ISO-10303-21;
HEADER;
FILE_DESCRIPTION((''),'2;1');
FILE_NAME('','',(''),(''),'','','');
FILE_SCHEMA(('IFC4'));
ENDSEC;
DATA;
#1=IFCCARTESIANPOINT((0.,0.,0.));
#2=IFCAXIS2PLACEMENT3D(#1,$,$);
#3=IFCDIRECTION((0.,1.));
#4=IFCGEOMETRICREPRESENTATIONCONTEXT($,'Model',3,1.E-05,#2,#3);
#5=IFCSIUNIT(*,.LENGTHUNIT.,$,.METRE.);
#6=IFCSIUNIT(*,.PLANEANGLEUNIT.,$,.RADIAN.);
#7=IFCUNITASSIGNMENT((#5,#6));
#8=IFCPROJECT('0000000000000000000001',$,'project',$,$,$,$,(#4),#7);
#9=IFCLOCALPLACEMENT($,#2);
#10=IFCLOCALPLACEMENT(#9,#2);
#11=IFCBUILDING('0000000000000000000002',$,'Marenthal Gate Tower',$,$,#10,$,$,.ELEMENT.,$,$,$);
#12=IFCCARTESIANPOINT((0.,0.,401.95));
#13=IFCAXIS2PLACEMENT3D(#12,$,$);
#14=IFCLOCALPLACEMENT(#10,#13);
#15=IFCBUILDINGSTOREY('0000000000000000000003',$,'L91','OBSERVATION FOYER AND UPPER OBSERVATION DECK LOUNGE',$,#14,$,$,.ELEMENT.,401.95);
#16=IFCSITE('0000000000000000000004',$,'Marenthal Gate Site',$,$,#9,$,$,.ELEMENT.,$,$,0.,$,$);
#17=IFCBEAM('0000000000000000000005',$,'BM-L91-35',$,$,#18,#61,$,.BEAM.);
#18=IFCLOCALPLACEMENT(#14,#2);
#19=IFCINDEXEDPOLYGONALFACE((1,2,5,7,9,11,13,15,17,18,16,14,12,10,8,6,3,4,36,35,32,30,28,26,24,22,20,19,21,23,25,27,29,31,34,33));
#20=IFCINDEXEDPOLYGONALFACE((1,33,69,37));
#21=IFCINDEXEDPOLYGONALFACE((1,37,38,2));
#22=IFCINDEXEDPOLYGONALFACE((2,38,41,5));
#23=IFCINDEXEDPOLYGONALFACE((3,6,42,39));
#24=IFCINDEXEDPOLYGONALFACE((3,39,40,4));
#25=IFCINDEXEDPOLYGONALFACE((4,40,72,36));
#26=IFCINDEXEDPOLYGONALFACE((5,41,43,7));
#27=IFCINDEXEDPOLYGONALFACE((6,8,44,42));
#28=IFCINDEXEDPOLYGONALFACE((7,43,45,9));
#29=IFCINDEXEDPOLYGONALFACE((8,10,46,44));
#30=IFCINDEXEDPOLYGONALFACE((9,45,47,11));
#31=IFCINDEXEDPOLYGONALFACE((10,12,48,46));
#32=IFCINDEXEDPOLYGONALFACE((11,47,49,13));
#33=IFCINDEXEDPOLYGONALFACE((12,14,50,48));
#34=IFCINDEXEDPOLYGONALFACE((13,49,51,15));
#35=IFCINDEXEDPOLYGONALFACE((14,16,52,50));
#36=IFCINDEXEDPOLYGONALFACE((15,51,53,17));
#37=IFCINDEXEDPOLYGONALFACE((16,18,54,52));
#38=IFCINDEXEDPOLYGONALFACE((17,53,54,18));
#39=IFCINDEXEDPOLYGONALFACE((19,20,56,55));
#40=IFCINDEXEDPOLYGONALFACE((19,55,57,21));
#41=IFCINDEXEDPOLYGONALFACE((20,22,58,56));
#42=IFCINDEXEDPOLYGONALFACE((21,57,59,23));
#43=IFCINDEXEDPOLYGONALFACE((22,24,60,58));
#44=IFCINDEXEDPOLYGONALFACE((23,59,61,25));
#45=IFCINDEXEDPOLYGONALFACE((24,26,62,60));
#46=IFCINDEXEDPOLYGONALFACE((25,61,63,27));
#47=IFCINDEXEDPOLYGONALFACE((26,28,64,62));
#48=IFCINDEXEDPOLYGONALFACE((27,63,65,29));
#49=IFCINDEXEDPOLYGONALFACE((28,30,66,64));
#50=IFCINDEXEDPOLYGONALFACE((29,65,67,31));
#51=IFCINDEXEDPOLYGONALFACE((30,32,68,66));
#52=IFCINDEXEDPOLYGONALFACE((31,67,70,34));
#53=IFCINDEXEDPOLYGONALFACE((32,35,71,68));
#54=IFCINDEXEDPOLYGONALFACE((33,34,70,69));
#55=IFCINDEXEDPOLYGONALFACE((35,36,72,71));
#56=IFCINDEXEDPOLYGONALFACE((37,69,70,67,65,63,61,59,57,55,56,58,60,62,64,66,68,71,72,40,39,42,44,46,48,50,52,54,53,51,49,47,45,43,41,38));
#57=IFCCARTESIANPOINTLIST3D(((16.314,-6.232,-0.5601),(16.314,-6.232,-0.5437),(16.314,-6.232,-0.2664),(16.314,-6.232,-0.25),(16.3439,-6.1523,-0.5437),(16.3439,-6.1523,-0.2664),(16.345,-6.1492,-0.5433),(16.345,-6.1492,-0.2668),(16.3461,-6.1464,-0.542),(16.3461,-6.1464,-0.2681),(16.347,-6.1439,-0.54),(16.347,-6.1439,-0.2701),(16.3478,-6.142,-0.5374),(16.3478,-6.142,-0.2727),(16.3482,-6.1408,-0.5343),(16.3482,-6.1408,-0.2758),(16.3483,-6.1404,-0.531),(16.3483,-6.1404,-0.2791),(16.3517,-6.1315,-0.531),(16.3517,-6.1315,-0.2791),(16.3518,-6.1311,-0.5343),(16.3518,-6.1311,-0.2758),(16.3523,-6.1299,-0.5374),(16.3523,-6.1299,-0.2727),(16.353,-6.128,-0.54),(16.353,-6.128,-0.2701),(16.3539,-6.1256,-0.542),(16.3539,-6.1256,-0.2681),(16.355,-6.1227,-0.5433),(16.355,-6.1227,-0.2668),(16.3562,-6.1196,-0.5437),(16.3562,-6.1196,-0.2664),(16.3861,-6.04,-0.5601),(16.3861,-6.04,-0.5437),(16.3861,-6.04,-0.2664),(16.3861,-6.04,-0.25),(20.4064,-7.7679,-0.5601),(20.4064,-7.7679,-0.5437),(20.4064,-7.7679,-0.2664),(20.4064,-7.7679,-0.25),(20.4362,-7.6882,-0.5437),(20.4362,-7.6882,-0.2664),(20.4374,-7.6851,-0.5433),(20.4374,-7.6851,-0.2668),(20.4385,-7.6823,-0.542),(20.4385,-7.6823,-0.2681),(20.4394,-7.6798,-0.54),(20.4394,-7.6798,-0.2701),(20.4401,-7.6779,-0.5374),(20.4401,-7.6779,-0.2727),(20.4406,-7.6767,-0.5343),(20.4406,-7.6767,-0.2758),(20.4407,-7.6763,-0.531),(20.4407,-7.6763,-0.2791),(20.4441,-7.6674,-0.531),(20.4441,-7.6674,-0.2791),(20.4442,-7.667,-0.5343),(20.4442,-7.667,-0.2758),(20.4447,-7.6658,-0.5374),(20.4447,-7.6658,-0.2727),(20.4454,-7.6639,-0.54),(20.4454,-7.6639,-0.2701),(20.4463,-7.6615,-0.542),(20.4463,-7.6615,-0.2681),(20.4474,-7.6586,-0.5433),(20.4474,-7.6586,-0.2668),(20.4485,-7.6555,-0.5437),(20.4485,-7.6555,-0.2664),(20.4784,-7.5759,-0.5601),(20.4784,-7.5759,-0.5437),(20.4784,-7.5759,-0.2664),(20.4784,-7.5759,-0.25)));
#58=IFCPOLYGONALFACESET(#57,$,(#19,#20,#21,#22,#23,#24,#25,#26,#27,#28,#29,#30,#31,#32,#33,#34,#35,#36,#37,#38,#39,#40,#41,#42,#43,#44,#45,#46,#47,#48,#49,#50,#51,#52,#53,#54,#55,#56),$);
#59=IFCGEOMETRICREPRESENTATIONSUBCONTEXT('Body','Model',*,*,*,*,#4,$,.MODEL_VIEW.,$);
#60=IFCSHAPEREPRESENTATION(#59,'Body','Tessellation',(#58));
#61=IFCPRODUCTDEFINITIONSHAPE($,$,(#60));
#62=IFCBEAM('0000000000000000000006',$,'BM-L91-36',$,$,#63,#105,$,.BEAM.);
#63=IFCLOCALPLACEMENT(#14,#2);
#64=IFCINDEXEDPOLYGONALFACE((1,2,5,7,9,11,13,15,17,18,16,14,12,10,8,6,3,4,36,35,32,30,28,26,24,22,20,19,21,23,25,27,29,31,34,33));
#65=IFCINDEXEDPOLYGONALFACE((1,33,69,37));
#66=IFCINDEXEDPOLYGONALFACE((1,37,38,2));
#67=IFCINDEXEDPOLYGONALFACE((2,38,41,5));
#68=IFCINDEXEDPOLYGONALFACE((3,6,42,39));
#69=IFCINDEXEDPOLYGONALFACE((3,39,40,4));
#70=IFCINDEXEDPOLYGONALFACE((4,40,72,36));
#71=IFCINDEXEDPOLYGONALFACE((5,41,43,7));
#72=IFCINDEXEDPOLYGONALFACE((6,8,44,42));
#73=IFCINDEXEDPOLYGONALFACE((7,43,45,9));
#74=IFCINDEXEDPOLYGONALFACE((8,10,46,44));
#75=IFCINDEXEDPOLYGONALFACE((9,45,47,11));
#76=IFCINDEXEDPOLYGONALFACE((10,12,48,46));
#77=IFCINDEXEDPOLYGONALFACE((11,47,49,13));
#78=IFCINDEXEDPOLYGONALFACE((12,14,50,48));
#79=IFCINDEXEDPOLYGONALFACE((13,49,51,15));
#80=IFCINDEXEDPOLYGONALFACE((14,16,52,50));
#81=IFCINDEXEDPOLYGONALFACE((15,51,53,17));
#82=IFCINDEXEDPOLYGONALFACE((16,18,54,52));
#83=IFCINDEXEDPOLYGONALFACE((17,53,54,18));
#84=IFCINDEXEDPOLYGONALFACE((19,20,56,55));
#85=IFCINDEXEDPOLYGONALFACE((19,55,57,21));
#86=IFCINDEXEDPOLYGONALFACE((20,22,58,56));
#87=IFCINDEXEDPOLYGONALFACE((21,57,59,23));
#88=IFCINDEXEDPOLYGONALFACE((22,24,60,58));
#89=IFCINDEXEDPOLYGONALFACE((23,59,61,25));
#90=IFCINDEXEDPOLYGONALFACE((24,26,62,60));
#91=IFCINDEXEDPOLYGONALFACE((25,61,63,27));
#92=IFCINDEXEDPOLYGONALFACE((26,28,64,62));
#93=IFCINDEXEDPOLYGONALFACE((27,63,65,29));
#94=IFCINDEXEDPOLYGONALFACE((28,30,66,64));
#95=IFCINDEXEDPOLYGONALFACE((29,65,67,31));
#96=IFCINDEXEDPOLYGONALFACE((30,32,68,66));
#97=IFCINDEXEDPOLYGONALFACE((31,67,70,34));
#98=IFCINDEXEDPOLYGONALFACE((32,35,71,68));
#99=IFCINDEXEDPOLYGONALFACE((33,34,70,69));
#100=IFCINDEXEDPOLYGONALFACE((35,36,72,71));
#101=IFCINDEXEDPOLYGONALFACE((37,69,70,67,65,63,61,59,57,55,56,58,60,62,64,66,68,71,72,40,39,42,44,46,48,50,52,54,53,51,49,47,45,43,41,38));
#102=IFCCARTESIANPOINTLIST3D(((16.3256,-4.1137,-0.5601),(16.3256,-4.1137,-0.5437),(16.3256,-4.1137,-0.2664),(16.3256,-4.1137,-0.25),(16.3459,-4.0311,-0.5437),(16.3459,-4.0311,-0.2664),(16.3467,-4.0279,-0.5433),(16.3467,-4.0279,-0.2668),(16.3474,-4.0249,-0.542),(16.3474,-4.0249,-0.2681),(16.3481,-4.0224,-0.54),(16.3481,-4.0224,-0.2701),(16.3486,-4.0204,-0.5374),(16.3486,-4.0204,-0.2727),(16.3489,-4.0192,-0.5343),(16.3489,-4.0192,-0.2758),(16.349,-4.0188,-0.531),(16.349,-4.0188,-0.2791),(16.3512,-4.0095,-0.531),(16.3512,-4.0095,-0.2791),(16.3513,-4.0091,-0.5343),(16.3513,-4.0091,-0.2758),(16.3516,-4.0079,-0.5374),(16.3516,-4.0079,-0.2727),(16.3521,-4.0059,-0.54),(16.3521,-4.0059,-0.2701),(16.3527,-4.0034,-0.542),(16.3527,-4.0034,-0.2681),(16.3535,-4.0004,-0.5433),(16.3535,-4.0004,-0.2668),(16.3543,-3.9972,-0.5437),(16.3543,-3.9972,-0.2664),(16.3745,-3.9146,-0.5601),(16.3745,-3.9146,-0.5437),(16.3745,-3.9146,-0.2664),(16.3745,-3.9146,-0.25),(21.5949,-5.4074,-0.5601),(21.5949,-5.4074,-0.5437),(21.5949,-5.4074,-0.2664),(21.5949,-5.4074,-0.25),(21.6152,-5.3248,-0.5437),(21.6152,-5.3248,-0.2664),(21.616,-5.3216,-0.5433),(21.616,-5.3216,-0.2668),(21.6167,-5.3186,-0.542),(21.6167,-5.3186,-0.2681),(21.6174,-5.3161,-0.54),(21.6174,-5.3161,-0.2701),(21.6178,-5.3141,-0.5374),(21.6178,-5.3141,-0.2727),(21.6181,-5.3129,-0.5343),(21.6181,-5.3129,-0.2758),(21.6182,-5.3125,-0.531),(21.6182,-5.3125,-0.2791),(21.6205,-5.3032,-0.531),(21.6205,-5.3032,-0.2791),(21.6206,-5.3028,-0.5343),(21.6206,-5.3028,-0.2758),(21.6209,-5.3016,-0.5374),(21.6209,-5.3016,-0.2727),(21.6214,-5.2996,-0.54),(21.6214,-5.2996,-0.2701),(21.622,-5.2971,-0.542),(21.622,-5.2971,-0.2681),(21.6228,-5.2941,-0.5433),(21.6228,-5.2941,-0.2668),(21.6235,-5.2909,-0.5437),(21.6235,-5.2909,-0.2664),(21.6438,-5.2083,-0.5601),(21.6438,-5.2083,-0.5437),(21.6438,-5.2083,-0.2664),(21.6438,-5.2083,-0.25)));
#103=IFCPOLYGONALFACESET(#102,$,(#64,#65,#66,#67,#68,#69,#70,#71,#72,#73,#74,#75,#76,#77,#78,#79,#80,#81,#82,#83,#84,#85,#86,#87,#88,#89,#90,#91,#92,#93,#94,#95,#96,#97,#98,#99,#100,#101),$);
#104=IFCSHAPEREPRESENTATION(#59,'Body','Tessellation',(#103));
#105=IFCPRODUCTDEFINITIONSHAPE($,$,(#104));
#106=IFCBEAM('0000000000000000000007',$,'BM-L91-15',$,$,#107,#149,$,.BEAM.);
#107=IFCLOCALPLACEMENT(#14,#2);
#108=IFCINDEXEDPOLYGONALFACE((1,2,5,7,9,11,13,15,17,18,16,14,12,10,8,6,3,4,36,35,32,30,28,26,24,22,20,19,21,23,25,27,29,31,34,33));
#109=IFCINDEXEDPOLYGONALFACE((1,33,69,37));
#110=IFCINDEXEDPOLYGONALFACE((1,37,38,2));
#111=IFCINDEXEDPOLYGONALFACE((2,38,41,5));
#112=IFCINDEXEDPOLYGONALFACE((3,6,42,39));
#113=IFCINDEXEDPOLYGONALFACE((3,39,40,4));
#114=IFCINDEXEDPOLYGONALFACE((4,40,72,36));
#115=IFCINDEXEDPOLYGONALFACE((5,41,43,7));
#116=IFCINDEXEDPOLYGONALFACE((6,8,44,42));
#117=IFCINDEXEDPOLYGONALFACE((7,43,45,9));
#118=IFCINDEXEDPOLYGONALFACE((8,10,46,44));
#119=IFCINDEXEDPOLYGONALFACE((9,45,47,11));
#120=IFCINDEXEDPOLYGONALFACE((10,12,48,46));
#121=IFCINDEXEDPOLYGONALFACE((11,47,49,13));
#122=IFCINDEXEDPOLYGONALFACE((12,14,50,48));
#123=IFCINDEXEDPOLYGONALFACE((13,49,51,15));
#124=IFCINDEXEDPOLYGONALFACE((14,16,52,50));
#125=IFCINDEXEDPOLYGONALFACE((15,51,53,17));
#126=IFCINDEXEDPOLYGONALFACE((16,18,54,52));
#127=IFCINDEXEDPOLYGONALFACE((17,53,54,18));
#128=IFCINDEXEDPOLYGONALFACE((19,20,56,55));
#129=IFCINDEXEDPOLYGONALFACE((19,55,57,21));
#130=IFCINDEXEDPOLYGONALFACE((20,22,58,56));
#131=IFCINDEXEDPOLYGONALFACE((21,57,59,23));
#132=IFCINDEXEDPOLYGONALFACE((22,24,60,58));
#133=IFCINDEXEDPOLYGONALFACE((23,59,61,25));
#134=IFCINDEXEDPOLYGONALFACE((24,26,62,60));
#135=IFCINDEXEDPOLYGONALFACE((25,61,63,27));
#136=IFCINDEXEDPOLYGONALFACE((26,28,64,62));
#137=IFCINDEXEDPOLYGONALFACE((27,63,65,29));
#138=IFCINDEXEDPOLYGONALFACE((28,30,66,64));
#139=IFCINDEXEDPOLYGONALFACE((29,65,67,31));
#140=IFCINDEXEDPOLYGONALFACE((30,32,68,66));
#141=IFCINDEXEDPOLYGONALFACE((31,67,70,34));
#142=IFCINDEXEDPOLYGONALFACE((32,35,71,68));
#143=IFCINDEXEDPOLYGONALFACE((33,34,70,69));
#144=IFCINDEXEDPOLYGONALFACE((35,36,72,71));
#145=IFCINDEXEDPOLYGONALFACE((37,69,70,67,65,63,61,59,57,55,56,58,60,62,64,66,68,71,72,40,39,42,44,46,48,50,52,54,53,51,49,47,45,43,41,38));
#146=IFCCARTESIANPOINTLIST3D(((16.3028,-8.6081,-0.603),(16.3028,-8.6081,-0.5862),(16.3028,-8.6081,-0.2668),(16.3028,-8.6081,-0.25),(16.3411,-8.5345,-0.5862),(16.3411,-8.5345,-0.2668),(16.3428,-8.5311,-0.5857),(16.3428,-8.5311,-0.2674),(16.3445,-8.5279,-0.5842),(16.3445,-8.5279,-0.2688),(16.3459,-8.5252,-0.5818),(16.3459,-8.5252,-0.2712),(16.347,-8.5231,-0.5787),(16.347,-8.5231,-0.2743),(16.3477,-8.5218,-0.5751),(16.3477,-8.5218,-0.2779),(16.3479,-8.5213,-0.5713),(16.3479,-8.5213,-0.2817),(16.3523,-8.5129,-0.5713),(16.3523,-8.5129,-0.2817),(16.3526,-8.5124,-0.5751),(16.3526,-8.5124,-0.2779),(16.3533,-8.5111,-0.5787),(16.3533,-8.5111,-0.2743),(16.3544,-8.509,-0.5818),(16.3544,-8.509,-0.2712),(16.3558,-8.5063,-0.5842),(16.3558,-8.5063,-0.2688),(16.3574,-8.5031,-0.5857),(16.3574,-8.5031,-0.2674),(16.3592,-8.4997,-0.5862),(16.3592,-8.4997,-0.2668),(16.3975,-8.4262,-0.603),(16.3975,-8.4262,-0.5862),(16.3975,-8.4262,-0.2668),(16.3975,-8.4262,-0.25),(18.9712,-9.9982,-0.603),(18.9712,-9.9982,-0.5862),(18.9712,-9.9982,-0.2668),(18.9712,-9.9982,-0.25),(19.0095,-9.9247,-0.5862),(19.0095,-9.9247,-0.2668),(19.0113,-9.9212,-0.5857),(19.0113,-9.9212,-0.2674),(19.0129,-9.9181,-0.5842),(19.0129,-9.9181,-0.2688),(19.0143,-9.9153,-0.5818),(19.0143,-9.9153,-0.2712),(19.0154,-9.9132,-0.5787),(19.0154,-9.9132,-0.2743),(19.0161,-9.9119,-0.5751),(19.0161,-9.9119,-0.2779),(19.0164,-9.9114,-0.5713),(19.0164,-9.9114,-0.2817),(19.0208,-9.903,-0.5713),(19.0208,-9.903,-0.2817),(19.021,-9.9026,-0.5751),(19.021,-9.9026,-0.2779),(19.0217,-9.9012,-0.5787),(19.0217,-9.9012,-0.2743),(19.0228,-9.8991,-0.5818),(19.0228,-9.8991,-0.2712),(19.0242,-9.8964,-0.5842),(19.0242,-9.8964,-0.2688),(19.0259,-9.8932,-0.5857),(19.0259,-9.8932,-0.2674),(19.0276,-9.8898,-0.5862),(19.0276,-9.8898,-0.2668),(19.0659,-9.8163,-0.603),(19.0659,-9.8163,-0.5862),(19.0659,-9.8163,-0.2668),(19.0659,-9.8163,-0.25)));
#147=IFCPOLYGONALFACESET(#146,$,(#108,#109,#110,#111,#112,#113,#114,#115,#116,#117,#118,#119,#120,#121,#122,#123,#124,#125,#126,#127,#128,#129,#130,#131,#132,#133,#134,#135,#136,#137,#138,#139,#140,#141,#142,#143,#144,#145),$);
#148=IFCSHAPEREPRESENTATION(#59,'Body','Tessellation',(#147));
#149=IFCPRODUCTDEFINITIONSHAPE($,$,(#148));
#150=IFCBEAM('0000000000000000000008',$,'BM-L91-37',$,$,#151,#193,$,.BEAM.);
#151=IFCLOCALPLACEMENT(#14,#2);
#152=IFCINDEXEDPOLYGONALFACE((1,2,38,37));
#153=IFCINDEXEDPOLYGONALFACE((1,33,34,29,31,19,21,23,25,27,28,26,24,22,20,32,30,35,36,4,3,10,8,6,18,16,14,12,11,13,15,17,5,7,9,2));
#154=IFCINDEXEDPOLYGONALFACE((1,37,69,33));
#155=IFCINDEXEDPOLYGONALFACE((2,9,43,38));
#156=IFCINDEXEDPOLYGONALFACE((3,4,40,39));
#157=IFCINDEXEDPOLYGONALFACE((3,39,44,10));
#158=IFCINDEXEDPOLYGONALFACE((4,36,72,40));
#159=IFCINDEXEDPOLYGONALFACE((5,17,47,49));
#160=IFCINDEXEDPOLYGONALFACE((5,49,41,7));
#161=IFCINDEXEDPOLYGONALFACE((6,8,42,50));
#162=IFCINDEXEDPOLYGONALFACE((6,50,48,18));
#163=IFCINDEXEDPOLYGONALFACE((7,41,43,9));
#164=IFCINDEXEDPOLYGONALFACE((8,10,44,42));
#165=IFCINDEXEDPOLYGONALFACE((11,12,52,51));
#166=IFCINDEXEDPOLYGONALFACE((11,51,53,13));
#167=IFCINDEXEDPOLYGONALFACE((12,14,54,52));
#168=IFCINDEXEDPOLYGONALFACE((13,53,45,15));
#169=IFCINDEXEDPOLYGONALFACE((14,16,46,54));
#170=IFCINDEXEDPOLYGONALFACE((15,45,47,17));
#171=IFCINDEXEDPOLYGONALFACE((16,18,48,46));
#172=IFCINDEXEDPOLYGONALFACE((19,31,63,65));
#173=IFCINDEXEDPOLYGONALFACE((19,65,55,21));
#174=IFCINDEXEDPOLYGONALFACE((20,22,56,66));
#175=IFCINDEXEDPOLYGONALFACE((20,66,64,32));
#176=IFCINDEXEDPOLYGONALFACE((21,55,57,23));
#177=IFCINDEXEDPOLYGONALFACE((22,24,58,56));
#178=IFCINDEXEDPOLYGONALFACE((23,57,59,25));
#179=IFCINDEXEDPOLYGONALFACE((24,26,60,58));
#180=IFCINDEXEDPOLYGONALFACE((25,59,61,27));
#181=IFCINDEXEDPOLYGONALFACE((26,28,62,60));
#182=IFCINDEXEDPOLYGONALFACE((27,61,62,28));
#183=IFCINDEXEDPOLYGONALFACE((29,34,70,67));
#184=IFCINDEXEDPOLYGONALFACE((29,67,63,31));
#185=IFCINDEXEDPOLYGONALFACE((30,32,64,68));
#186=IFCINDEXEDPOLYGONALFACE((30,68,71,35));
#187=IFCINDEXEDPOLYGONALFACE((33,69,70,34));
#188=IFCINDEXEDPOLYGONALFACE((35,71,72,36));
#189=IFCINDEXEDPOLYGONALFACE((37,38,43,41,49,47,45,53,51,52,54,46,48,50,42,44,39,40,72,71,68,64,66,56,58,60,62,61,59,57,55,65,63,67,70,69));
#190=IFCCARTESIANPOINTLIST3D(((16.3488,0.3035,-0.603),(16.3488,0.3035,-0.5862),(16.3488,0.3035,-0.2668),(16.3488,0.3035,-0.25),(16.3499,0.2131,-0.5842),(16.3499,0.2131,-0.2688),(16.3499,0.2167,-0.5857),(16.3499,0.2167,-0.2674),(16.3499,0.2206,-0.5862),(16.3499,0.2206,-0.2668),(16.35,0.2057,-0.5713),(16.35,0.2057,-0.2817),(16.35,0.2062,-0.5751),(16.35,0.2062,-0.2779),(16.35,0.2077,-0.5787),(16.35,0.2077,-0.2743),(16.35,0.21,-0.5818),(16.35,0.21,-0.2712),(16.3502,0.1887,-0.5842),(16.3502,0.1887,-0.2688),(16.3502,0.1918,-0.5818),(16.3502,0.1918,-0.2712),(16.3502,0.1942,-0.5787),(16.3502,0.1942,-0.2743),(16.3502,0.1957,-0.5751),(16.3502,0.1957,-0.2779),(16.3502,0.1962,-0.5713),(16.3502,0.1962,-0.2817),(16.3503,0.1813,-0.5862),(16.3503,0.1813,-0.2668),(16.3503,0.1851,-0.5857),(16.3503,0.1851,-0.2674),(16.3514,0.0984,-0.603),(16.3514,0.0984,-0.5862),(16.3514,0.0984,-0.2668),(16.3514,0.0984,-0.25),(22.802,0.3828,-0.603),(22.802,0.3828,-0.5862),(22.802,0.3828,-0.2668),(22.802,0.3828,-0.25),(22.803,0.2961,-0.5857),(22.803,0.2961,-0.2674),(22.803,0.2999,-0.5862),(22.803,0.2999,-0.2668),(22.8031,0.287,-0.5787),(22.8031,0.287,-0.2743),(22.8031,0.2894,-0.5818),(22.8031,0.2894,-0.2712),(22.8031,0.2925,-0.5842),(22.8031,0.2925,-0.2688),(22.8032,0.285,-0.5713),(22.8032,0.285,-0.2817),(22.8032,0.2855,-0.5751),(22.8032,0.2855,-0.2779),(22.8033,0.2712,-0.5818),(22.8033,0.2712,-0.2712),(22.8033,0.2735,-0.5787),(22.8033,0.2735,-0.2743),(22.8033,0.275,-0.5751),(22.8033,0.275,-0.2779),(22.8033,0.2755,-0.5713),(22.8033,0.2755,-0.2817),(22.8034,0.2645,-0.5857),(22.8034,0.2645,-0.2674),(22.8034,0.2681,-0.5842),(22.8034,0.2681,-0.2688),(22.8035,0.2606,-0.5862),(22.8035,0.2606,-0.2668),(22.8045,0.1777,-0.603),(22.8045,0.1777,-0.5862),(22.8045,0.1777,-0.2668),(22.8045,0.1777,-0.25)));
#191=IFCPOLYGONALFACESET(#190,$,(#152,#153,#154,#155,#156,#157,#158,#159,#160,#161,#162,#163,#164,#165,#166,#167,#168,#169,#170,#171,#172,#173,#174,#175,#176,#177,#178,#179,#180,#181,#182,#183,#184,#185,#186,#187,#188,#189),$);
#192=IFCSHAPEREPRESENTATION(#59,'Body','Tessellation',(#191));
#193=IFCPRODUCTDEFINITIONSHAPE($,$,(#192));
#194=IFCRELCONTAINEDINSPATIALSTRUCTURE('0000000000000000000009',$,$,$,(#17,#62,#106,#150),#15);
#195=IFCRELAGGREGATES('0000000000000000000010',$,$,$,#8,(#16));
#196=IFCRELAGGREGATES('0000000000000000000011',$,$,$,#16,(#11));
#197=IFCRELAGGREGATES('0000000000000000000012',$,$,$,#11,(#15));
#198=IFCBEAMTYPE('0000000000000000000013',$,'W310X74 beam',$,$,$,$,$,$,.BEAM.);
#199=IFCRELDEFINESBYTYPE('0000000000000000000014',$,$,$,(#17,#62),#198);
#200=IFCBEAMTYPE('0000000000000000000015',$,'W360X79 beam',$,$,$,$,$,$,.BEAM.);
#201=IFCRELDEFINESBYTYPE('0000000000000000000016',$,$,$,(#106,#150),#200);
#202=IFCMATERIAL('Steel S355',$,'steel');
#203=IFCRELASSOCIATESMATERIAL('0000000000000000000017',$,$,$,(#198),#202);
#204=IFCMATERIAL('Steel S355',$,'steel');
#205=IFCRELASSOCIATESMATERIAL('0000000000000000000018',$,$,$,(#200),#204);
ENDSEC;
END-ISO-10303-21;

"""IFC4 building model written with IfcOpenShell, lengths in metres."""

from ifc_helpers import new_model, si_unit, direction, frame, origin, origin_2d, place, context, subcontext, project, spatial, i_section, extrude, material, material_profile, profile_set, type_object, element, save


model = new_model("IFC4")

# Units and contexts
model_context = context("Model", 3, precision=1e-05, world=origin(), true_north=direction((0.0, 1.0)))
body_context = subcontext(model_context, "Body", "Model", "MODEL_VIEW")
ifc_project = project(units=[si_unit("LENGTHUNIT", "METRE"), si_unit("PLANEANGLEUNIT", "RADIAN")], contexts=[model_context])

# Site, building, storey
site_placement = place(None, origin())
site = spatial("IfcSite", under=ifc_project, at=site_placement, Name="Marenthal Gate Site", CompositionType="ELEMENT", RefElevation=0.0)
building_placement = place(site_placement, origin())
building = spatial("IfcBuilding", under=site, at=building_placement, Name="Marenthal Gate Tower", CompositionType="ELEMENT")
storey_placement = place(building_placement, frame((0.0, 0.0, 401.95)))
storey = spatial("IfcBuildingStorey", under=building, at=storey_placement, Name="L91", Description="OBSERVATION FOYER AND UPPER OBSERVATION DECK LOUNGE", CompositionType="ELEMENT", Elevation=401.95)

# Beams
ifc_material_1 = material(Name="Steel S355", Category="steel")
ifc_material_profile_1 = material_profile(ifc_material_1, i_section(OverallWidth=0.2051, OverallDepth=0.3101, WebThickness=0.0095, FlangeThickness=0.0164, FilletRadius=0.0127, at=origin_2d()), Name="W310X74")
ifc_profile_set_1 = profile_set([ifc_material_profile_1], Name="Steel S355")
beam_type_1 = type_object("IfcBeamType", Name="W310X74 beam", PredefinedType="BEAM", material=ifc_profile_set_1)
beam_1_placement = place(storey_placement, frame((20.4424, -7.6719, -0.405), z_axis=(-0.936233, 0.351381, 0.0), x_axis=(-0.351381, -0.936233, 0.0)))
element("IfcBeam", 1, at=beam_1_placement, inside=storey, type_object=beam_type_1, Name="BM-L91-35", PredefinedType="BEAM", context=body_context, shape_type="SweptSolid", body=[
    extrude(i_section(OverallWidth=0.2051, OverallDepth=0.3101, WebThickness=0.0095, FlangeThickness=0.0164, FilletRadius=0.0127, at=origin_2d()), origin(), (0.0, 0.0, 1.0), 4.3711),
])
beam_2_placement = place(storey_placement, frame((21.6194, -5.3079, -0.405), z_axis=(-0.971158, 0.238436, 0.0), x_axis=(-0.238436, -0.971158, 0.0)))
element("IfcBeam", 2, at=beam_2_placement, inside=storey, type_object=beam_type_1, Name="BM-L91-36", PredefinedType="BEAM", context=body_context, shape_type="SweptSolid", body=[
    extrude(i_section(OverallWidth=0.2051, OverallDepth=0.3101, WebThickness=0.0095, FlangeThickness=0.0164, FilletRadius=0.0127, at=origin_2d()), origin(), (0.0, 0.0, 1.0), 5.4258),
])
ifc_material_2 = material(Name="Steel S355", Category="steel")
ifc_material_profile_2 = material_profile(ifc_material_2, i_section(OverallWidth=0.2051, OverallDepth=0.353, WebThickness=0.0095, FlangeThickness=0.0168, FilletRadius=0.0149, at=origin_2d()), Name="W360X79")
ifc_profile_set_2 = profile_set([ifc_material_profile_2], Name="Steel S355")
beam_type_2 = type_object("IfcBeamType", Name="W360X79 beam", PredefinedType="BEAM", material=ifc_profile_set_2)
beam_3_placement = place(storey_placement, frame((19.0186, -9.9072, -0.4265), z_axis=(-0.886871, 0.462017, 0.0), x_axis=(-0.462017, -0.886871, 0.0)))
element("IfcBeam", 3, at=beam_3_placement, inside=storey, type_object=beam_type_2, Name="BM-L91-15", PredefinedType="BEAM", context=body_context, shape_type="SweptSolid", body=[
    extrude(i_section(OverallWidth=0.2051, OverallDepth=0.353, WebThickness=0.0095, FlangeThickness=0.0168, FilletRadius=0.0149, at=origin_2d()), origin(), (0.0, 0.0, 1.0), 3.0088),
])
beam_4_placement = place(storey_placement, frame((22.8032, 0.2803, -0.4265), z_axis=(-0.999924, -0.012295, 0.0), x_axis=(0.012295, -0.999924, 0.0)))
element("IfcBeam", 4, at=beam_4_placement, inside=storey, type_object=beam_type_2, Name="BM-L91-37", PredefinedType="BEAM", context=body_context, shape_type="SweptSolid", body=[
    extrude(i_section(OverallWidth=0.2051, OverallDepth=0.353, WebThickness=0.0095, FlangeThickness=0.0168, FilletRadius=0.0149, at=origin_2d()), origin(), (0.0, 0.0, 1.0), 6.4536),
])

save(model, "model.ifc")
